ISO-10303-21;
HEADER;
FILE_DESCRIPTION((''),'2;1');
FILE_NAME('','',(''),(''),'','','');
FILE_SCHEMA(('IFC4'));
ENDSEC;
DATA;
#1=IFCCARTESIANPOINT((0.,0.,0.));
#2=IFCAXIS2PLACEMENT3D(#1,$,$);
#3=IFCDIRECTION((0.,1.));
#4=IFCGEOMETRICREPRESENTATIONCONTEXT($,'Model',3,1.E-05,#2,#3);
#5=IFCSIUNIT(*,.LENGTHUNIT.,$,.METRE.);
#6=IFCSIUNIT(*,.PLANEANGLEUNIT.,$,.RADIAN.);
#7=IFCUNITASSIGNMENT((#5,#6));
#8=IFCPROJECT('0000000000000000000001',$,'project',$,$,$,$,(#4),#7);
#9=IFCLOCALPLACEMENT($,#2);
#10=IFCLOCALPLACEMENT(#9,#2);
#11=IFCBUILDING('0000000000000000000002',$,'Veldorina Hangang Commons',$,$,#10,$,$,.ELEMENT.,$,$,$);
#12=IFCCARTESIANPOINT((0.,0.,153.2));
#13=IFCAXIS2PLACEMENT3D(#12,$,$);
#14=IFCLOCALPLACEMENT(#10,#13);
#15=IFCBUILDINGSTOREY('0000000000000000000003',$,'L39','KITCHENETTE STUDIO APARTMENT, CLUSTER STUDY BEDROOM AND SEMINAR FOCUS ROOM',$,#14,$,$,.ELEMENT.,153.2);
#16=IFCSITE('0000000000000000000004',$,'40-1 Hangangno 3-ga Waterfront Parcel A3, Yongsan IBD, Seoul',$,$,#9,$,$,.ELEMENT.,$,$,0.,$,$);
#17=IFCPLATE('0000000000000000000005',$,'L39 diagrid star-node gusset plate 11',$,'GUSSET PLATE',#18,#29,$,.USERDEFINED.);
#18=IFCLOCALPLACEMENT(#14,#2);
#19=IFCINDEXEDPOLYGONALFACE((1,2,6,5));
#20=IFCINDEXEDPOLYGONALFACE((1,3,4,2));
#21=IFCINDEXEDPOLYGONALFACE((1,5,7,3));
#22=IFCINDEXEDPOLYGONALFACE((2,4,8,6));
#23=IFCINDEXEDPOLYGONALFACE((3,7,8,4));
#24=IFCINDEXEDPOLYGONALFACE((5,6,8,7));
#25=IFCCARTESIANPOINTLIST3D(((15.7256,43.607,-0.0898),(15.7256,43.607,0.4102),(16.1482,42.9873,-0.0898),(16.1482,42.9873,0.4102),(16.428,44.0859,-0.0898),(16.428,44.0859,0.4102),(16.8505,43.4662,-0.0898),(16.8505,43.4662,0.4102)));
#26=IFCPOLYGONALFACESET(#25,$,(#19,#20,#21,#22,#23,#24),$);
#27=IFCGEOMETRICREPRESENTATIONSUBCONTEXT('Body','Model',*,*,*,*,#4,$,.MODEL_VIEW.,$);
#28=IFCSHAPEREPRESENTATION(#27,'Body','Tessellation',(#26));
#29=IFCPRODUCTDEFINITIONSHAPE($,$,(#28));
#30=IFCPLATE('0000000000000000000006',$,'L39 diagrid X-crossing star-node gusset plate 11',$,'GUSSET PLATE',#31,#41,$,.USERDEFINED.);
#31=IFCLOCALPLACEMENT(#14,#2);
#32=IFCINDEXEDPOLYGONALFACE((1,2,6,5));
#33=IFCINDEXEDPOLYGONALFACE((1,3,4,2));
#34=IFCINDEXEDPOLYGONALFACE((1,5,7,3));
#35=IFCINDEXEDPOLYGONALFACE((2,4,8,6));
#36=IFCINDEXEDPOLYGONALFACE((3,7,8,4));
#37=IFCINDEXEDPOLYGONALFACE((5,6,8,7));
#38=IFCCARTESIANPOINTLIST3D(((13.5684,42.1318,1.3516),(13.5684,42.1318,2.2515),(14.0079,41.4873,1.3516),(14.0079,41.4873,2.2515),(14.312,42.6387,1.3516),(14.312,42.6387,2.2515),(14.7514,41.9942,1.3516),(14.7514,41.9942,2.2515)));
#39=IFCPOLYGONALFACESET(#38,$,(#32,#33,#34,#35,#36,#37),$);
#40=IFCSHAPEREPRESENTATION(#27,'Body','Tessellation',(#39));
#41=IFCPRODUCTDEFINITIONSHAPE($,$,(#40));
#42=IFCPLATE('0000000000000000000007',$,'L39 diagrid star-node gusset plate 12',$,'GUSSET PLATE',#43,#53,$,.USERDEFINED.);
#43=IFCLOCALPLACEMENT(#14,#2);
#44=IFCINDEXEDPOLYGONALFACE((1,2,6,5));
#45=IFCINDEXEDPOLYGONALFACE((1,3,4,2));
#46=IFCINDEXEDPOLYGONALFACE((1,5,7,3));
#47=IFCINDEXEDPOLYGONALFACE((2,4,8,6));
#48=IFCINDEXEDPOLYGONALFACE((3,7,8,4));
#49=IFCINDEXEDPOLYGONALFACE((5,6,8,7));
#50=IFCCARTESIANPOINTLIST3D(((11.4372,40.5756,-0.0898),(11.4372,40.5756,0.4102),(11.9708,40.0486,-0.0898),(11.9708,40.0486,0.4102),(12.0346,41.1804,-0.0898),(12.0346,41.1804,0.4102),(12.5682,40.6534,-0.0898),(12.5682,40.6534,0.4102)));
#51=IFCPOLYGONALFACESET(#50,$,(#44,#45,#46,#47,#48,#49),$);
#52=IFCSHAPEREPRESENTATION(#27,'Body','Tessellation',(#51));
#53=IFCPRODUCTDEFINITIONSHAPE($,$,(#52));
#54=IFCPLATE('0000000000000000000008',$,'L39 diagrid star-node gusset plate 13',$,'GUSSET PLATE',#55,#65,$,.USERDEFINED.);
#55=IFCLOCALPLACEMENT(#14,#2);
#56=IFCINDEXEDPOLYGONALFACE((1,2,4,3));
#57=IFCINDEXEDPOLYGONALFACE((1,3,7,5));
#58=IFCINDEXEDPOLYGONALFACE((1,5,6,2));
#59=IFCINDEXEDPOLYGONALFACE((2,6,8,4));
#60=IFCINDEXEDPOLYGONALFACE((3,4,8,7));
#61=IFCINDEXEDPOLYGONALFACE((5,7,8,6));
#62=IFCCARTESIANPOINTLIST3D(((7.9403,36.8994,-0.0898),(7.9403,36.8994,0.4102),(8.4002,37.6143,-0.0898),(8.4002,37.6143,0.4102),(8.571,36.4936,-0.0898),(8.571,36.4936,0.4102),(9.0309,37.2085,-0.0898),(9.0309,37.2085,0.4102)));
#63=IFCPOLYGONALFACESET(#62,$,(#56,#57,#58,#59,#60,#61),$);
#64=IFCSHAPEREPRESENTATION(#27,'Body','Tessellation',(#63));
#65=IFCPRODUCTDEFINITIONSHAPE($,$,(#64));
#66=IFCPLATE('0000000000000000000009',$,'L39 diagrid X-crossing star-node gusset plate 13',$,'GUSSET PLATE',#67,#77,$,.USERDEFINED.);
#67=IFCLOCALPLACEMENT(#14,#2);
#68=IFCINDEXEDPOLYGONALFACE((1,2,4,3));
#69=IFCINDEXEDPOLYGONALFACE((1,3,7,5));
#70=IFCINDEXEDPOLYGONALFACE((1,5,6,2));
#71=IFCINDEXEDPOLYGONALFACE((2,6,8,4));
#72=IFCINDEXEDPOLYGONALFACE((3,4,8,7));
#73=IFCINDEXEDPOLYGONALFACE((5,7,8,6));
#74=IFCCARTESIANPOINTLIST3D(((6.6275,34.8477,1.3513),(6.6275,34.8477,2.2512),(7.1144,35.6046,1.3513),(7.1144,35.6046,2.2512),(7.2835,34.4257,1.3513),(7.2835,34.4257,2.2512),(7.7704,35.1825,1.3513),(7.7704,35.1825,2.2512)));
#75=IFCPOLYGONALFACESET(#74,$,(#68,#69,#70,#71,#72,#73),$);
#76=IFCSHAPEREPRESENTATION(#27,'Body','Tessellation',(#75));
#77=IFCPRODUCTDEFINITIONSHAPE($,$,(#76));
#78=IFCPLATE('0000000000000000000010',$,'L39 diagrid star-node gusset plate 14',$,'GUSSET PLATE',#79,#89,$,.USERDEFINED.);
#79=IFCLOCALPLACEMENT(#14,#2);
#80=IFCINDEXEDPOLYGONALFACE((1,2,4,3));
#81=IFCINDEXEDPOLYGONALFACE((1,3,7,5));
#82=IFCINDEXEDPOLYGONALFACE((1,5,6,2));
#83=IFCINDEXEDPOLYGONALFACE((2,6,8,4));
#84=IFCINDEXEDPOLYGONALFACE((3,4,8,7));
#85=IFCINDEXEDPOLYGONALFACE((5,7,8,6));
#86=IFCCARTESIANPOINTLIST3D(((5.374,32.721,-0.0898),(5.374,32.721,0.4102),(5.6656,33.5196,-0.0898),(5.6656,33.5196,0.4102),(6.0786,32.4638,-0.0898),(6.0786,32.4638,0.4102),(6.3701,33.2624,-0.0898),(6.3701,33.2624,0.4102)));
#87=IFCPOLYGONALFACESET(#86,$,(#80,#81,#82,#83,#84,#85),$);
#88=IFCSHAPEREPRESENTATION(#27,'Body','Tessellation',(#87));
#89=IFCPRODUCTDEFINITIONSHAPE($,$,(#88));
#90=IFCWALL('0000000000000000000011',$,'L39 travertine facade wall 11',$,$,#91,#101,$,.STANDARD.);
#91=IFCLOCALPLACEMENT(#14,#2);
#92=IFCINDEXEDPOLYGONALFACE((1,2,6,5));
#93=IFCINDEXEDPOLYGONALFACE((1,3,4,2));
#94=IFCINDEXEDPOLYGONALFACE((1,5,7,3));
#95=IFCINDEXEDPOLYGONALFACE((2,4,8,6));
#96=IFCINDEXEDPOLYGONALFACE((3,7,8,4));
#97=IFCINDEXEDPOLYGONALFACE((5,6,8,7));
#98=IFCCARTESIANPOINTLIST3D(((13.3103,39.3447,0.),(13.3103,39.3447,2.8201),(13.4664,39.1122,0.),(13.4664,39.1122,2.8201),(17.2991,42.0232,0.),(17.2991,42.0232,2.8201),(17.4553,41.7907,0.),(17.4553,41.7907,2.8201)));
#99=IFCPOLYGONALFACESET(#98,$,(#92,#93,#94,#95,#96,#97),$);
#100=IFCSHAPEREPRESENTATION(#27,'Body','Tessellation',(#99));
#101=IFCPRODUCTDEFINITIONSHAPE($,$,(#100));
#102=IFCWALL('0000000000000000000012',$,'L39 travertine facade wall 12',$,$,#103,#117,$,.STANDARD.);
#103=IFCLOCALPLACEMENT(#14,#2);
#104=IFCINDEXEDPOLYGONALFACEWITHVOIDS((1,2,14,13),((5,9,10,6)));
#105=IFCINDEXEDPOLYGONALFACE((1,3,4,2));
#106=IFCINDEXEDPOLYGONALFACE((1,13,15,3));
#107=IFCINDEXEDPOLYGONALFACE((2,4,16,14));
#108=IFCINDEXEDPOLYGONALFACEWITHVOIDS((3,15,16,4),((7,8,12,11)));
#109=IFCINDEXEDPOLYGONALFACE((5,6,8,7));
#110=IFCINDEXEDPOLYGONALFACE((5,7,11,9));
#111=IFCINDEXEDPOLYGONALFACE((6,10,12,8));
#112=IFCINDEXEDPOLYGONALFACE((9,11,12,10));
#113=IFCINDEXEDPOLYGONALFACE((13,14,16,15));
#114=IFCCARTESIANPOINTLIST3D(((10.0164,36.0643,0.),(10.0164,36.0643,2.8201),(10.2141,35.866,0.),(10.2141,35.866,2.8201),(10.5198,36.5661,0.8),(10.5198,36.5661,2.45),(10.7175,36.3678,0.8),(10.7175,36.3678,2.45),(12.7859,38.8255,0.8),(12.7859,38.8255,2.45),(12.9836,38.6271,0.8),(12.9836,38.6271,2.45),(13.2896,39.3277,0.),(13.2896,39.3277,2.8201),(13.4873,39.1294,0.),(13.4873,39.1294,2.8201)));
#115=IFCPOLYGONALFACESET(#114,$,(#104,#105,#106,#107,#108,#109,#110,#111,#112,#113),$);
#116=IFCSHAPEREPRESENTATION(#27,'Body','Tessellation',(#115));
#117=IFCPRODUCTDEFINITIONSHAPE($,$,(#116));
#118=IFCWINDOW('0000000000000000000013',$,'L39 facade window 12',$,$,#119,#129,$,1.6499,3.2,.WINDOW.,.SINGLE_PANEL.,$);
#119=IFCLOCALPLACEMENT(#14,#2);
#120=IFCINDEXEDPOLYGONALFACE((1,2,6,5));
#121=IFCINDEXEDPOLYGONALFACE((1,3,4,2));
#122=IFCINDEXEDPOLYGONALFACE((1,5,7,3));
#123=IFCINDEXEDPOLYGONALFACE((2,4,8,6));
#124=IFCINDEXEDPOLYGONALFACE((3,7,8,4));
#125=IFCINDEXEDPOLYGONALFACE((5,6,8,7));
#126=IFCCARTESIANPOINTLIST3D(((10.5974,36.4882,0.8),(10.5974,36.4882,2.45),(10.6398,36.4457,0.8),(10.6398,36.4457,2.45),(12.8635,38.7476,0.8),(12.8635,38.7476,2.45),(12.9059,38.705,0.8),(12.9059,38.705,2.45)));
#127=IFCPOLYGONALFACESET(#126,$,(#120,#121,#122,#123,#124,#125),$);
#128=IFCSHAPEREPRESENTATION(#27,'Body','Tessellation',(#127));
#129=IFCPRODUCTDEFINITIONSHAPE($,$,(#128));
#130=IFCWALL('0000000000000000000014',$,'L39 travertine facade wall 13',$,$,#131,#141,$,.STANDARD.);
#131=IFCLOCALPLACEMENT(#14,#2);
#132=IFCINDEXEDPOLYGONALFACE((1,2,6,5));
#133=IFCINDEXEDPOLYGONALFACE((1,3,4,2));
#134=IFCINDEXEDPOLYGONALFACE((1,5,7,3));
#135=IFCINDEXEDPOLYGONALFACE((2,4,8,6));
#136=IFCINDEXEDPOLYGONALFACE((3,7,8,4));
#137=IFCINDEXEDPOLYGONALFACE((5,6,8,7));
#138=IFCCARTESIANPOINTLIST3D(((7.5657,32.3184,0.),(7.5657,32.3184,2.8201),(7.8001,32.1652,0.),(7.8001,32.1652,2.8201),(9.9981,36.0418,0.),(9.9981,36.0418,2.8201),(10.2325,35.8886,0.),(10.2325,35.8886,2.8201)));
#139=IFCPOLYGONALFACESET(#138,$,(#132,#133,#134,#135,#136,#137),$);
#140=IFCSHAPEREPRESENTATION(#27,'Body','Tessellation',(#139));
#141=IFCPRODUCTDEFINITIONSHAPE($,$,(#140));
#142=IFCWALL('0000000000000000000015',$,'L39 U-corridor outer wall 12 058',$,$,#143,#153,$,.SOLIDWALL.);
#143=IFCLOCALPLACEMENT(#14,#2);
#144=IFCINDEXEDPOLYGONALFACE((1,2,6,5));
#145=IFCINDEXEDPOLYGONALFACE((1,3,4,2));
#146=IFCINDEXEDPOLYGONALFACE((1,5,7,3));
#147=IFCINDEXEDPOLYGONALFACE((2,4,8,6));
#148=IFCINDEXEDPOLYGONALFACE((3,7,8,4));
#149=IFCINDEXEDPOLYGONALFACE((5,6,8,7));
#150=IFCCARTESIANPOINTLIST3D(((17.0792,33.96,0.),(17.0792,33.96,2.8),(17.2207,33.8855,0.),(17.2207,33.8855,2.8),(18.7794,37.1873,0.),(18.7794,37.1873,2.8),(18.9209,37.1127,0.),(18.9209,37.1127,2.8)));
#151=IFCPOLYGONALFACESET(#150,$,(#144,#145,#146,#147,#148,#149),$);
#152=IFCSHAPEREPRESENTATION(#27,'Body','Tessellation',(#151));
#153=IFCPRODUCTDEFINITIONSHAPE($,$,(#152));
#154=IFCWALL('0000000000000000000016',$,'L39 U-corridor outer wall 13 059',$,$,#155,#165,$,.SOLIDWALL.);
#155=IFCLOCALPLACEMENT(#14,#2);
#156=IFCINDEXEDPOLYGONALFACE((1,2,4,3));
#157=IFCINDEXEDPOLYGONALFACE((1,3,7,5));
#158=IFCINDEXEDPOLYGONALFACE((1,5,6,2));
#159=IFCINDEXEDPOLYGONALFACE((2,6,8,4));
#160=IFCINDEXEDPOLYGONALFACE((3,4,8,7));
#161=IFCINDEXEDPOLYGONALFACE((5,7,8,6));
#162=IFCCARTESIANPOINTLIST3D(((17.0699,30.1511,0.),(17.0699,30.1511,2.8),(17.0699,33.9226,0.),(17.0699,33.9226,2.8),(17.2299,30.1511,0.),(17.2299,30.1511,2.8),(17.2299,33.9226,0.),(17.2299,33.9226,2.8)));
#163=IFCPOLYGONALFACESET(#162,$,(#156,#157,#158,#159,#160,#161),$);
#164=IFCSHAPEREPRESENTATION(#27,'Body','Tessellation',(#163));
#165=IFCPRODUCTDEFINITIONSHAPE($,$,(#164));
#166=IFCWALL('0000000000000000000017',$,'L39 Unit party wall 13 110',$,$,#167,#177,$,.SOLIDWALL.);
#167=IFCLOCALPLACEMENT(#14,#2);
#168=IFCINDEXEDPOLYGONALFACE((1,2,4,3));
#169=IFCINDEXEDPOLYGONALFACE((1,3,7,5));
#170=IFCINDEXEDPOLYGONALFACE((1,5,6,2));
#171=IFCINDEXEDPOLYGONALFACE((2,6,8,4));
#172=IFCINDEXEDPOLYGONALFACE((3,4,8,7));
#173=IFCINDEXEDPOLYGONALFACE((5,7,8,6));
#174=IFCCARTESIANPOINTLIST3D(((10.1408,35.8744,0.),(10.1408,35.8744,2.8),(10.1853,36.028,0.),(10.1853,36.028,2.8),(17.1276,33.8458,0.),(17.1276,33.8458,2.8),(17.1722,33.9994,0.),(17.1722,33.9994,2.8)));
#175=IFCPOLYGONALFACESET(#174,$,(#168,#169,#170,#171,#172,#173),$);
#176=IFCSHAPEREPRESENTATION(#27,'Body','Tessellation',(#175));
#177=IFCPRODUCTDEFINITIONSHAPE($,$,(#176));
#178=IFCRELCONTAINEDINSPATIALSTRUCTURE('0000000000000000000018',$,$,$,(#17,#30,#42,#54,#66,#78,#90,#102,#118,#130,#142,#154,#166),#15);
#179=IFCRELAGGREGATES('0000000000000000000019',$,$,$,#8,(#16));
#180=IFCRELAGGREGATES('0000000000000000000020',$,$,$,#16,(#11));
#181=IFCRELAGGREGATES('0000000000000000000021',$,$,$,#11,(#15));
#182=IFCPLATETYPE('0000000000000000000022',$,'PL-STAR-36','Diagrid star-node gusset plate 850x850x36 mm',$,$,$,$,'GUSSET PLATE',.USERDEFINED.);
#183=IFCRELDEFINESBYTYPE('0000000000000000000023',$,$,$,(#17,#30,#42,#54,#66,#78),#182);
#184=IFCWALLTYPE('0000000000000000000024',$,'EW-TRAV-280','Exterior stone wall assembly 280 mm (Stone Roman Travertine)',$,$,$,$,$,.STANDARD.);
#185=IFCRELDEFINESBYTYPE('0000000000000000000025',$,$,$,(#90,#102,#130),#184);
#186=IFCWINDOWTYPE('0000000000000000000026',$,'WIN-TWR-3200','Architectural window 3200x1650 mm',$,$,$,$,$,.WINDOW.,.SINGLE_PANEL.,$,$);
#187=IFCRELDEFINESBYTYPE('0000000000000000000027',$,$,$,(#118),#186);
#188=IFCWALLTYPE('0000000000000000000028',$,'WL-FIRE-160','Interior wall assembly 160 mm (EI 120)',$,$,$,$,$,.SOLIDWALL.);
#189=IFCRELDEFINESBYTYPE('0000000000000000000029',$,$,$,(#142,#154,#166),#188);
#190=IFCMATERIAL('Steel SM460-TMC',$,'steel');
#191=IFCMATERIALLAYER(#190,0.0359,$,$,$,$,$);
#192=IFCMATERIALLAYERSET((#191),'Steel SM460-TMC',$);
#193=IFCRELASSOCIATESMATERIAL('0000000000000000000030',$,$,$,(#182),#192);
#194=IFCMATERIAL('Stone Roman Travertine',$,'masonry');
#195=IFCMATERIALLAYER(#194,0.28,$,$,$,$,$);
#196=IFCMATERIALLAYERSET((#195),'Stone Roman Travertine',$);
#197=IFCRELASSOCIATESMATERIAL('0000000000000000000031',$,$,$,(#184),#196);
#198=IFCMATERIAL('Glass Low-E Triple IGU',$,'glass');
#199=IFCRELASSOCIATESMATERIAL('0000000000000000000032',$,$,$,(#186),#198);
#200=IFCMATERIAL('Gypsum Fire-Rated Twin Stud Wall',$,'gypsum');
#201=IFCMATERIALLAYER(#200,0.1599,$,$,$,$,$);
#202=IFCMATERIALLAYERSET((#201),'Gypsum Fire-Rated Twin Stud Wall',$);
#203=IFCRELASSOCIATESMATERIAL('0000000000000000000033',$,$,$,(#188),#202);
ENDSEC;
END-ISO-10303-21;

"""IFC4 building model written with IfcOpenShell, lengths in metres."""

from ifc_helpers import new_model, si_unit, direction, frame, frame_2d, origin, origin_2d, place, context, subcontext, project, spatial, rectangle, extrude, material, layer, layer_set, type_object, element, fill, save


model = new_model("IFC4")

# Units and contexts
model_context = context("Model", 3, precision=1e-05, world=origin(), true_north=direction((0.0, 1.0)))
body_context = subcontext(model_context, "Body", "Model", "MODEL_VIEW")
ifc_project = project(units=[si_unit("LENGTHUNIT", "METRE"), si_unit("PLANEANGLEUNIT", "RADIAN")], contexts=[model_context])

# Site, building, storey
site_placement = place(None, origin())
site = spatial("IfcSite", under=ifc_project, at=site_placement, Name="40-1 Hangangno 3-ga Waterfront Parcel A3, Yongsan IBD, Seoul", CompositionType="ELEMENT", RefElevation=0.0)
building_placement = place(site_placement, origin())
building = spatial("IfcBuilding", under=site, at=building_placement, Name="Veldorina Hangang Commons", CompositionType="ELEMENT")
storey_placement = place(building_placement, frame((0.0, 0.0, 153.2)))
storey = spatial("IfcBuildingStorey", under=building, at=storey_placement, Name="L39", Description="KITCHENETTE STUDIO APARTMENT, CLUSTER STUDY BEDROOM AND SEMINAR FOCUS ROOM", CompositionType="ELEMENT", Elevation=153.2)

# Plates
ifc_material_1 = material(Name="Steel SM460-TMC", Category="steel")
ifc_layer_1 = layer(ifc_material_1, 0.0359)
ifc_layer_set_1 = layer_set([ifc_layer_1], Name="Steel SM460-TMC")
plate_type = type_object("IfcPlateType", Name="PL-STAR-36", Description="Diagrid star-node gusset plate 850x850x36 mm", ElementType="GUSSET PLATE", PredefinedType="USERDEFINED", material=ifc_layer_set_1)
plate_1_placement = place(storey_placement, frame((16.2881, 43.5366, -0.0898), z_axis=(0.0, 0.0, 1.0), x_axis=(-0.826226, -0.563339, 0.0)))
element("IfcPlate", 1, at=plate_1_placement, inside=storey, type_object=plate_type, Name="L39 diagrid star-node gusset plate 11", ObjectType="GUSSET PLATE", PredefinedType="USERDEFINED", context=body_context, shape_type="SweptSolid", body=[
    extrude(rectangle(XDim=0.8501, YDim=0.75, at=origin_2d()), origin(), (0.0, 0.0, 1.0), 0.5),
])
plate_2_placement = place(storey_placement, frame((14.1599, 42.063, 1.3516), z_axis=(0.0, 0.0, 1.0), x_axis=(-0.826226, -0.563339, 0.0)))
element("IfcPlate", 2, at=plate_2_placement, inside=storey, type_object=plate_type, Name="L39 diagrid X-crossing star-node gusset plate 11", ObjectType="GUSSET PLATE", PredefinedType="USERDEFINED", context=body_context, shape_type="SweptSolid", body=[
    extrude(rectangle(XDim=0.8999, YDim=0.78, at=origin_2d()), origin(), (0.0, 0.0, 1.0), 0.8999),
])
for number, where, z_axis, x_axis, name in (
    (3, (12.0027, 40.6145, -0.0898), (0.0, 0.0, 1.0), (-0.702749, -0.711438, 0.0), "L39 diagrid star-node gusset plate 12"),
    (4, (8.4856, 37.054, -0.0898), (0.0, 0.0, 1.0), (-0.541048, -0.840992, 0.0), "L39 diagrid star-node gusset plate 13"),
):
    element("IfcPlate", number, at=place(storey_placement, frame(where, z_axis=z_axis, x_axis=x_axis)), inside=storey, type_object=plate_type, Name=name, ObjectType="GUSSET PLATE", PredefinedType="USERDEFINED", context=body_context, shape_type="SweptSolid", body=[
        extrude(rectangle(XDim=0.8501, YDim=0.75, at=origin_2d()), origin(), (0.0, 0.0, 1.0), 0.5),
    ])
plate_3_placement = place(storey_placement, frame((7.199, 35.0151, 1.3513), z_axis=(0.0, 0.0, 1.0), x_axis=(-0.541048, -0.840992, 0.0)))
element("IfcPlate", 5, at=plate_3_placement, inside=storey, type_object=plate_type, Name="L39 diagrid X-crossing star-node gusset plate 13", ObjectType="GUSSET PLATE", PredefinedType="USERDEFINED", context=body_context, shape_type="SweptSolid", body=[
    extrude(rectangle(XDim=0.8999, YDim=0.78, at=origin_2d()), origin(), (0.0, 0.0, 1.0), 0.8999),
])
plate_4_placement = place(storey_placement, frame((5.8721, 32.9917, -0.0898), z_axis=(0.0, 0.0, 1.0), x_axis=(-0.342955, -0.939352, 0.0)))
element("IfcPlate", 6, at=plate_4_placement, inside=storey, type_object=plate_type, Name="L39 diagrid star-node gusset plate 14", ObjectType="GUSSET PLATE", PredefinedType="USERDEFINED", context=body_context, shape_type="SweptSolid", body=[
    extrude(rectangle(XDim=0.8501, YDim=0.75, at=origin_2d()), origin(), (0.0, 0.0, 1.0), 0.5),
])

# Wall
ifc_material_2 = material(Name="Stone Roman Travertine", Category="masonry")
ifc_layer_2 = layer(ifc_material_2, 0.28)
ifc_layer_set_2 = layer_set([ifc_layer_2], Name="Stone Roman Travertine")
wall_type_1 = type_object("IfcWallType", Name="EW-TRAV-280", Description="Exterior stone wall assembly 280 mm (Stone Roman Travertine)", PredefinedType="STANDARD", material=ifc_layer_set_2)
wall_1_placement = place(storey_placement, frame((17.3772, 41.907, 0.0), z_axis=(0.0, 0.0, 1.0), x_axis=(-0.830193, -0.557476, 0.0)))
element("IfcWall", 7, at=wall_1_placement, inside=storey, type_object=wall_type_1, Name="L39 travertine facade wall 11", PredefinedType="STANDARD", context=body_context, shape_type="SweptSolid", body=[
    extrude(rectangle(XDim=4.8047, YDim=0.28, at=frame_2d((2.4023, 0.0))), origin(), (0.0, 0.0, 1.0), 2.8201),
])

# Wall, opening, window
wall_2_placement = place(storey_placement, frame((13.3884, 39.2285, 0.0), z_axis=(0.0, 0.0, 1.0), x_axis=(-0.708162, -0.70605, 0.0)))
wall_2 = element("IfcWall", 8, at=wall_2_placement, inside=storey, type_object=wall_type_1, Name="L39 travertine facade wall 12", PredefinedType="STANDARD", context=body_context, shape_type="SweptSolid", body=[
    extrude(rectangle(XDim=4.6221, YDim=0.28, at=frame_2d((2.311, 0.0))), origin(), (0.0, 0.0, 1.0), 2.8201),
])
opening_1_placement = place(wall_2_placement, frame((0.7112, 0.0, 0.8)))
opening_1 = element("IfcOpeningElement", 9, at=opening_1_placement, cuts=wall_2, PredefinedType="OPENING", context=body_context, shape_type="SweptSolid", body=[
    extrude(rectangle(XDim=3.2, YDim=1.6499, at=frame_2d((1.6001, 0.825))), frame((0.0, 0.1499, 0.0), z_axis=(0.0, -1.0, 0.0), x_axis=(1.0, 0.0, 0.0)), (0.0, 0.0, 1.0), 0.3),
])
ifc_material_3 = material(Name="Glass Low-E Triple IGU", Category="glass")
window_type = type_object("IfcWindowType", Name="WIN-TWR-3200", Description="Architectural window 3200x1650 mm", PartitioningType="SINGLE_PANEL", PredefinedType="WINDOW", material=ifc_material_3)
window_placement = place(opening_1_placement, origin())
window = element("IfcWindow", 10, at=window_placement, inside=storey, type_object=window_type, Name="L39 facade window 12", OverallHeight=1.6499, OverallWidth=3.2, PartitioningType="SINGLE_PANEL", PredefinedType="WINDOW", context=body_context, shape_type="SweptSolid", body=[
    extrude(rectangle(XDim=3.2, YDim=1.6499, at=frame_2d((1.6001, 0.825))), frame((0.0, 0.03, 0.0), z_axis=(0.0, -1.0, 0.0), x_axis=(1.0, 0.0, 0.0)), (0.0, 0.0, 1.0), 0.0601),
])
fill(opening_1, window)

# Walls
wall_3_placement = place(storey_placement, frame((10.1152, 35.9651, 0.0), z_axis=(0.0, 0.0, 1.0), x_axis=(-0.546911, -0.837191, 0.0)))
element("IfcWall", 11, at=wall_3_placement, inside=storey, type_object=wall_type_1, Name="L39 travertine facade wall 13", PredefinedType="STANDARD", context=body_context, shape_type="SweptSolid", body=[
    extrude(rectangle(XDim=4.4475, YDim=0.28, at=frame_2d((2.2236, 0.0))), origin(), (0.0, 0.0, 1.0), 2.8201),
])
ifc_material_4 = material(Name="Gypsum Fire-Rated Twin Stud Wall", Category="gypsum")
ifc_layer_3 = layer(ifc_material_4, 0.1599)
ifc_layer_set_3 = layer_set([ifc_layer_3], Name="Gypsum Fire-Rated Twin Stud Wall")
wall_type_2 = type_object("IfcWallType", Name="WL-FIRE-160", Description="Interior wall assembly 160 mm (EI 120)", PredefinedType="SOLIDWALL", material=ifc_layer_set_3)
wall_4_placement = place(storey_placement, frame((18.8501, 37.1499, 0.0), z_axis=(0.0, 0.0, 1.0), x_axis=(-0.466094, -0.884735, 0.0)))
element("IfcWall", 12, at=wall_4_placement, inside=storey, type_object=wall_type_2, Name="L39 U-corridor outer wall 12 058", PredefinedType="SOLIDWALL", context=body_context, shape_type="SweptSolid", body=[
    extrude(rectangle(XDim=3.6477, YDim=0.1599, at=frame_2d((1.8237, 0.0))), origin(), (0.0, 0.0, 1.0), 2.8),
])
wall_5_placement = place(storey_placement, frame((17.1499, 33.9226, 0.0), z_axis=(0.0, 0.0, 1.0), x_axis=(0.0, -1.0, 0.0)))
element("IfcWall", 13, at=wall_5_placement, inside=storey, type_object=wall_type_2, Name="L39 U-corridor outer wall 13 059", PredefinedType="SOLIDWALL", context=body_context, shape_type="SweptSolid", body=[
    extrude(rectangle(XDim=3.7715, YDim=0.1599, at=frame_2d((1.8857, 0.0))), origin(), (0.0, 0.0, 1.0), 2.8),
])
wall_6_placement = place(storey_placement, frame((17.1499, 33.9226, 0.0), z_axis=(0.0, 0.0, 1.0), x_axis=(-0.960341, 0.278827, 0.0)))
element("IfcWall", 14, at=wall_6_placement, inside=storey, type_object=wall_type_2, Name="L39 Unit party wall 13 110", PredefinedType="SOLIDWALL", context=body_context, shape_type="SweptSolid", body=[
    extrude(rectangle(XDim=7.2754, YDim=0.1599, at=frame_2d((3.6377, 0.0))), origin(), (0.0, 0.0, 1.0), 2.8),
])

save(model, "model.ifc")
